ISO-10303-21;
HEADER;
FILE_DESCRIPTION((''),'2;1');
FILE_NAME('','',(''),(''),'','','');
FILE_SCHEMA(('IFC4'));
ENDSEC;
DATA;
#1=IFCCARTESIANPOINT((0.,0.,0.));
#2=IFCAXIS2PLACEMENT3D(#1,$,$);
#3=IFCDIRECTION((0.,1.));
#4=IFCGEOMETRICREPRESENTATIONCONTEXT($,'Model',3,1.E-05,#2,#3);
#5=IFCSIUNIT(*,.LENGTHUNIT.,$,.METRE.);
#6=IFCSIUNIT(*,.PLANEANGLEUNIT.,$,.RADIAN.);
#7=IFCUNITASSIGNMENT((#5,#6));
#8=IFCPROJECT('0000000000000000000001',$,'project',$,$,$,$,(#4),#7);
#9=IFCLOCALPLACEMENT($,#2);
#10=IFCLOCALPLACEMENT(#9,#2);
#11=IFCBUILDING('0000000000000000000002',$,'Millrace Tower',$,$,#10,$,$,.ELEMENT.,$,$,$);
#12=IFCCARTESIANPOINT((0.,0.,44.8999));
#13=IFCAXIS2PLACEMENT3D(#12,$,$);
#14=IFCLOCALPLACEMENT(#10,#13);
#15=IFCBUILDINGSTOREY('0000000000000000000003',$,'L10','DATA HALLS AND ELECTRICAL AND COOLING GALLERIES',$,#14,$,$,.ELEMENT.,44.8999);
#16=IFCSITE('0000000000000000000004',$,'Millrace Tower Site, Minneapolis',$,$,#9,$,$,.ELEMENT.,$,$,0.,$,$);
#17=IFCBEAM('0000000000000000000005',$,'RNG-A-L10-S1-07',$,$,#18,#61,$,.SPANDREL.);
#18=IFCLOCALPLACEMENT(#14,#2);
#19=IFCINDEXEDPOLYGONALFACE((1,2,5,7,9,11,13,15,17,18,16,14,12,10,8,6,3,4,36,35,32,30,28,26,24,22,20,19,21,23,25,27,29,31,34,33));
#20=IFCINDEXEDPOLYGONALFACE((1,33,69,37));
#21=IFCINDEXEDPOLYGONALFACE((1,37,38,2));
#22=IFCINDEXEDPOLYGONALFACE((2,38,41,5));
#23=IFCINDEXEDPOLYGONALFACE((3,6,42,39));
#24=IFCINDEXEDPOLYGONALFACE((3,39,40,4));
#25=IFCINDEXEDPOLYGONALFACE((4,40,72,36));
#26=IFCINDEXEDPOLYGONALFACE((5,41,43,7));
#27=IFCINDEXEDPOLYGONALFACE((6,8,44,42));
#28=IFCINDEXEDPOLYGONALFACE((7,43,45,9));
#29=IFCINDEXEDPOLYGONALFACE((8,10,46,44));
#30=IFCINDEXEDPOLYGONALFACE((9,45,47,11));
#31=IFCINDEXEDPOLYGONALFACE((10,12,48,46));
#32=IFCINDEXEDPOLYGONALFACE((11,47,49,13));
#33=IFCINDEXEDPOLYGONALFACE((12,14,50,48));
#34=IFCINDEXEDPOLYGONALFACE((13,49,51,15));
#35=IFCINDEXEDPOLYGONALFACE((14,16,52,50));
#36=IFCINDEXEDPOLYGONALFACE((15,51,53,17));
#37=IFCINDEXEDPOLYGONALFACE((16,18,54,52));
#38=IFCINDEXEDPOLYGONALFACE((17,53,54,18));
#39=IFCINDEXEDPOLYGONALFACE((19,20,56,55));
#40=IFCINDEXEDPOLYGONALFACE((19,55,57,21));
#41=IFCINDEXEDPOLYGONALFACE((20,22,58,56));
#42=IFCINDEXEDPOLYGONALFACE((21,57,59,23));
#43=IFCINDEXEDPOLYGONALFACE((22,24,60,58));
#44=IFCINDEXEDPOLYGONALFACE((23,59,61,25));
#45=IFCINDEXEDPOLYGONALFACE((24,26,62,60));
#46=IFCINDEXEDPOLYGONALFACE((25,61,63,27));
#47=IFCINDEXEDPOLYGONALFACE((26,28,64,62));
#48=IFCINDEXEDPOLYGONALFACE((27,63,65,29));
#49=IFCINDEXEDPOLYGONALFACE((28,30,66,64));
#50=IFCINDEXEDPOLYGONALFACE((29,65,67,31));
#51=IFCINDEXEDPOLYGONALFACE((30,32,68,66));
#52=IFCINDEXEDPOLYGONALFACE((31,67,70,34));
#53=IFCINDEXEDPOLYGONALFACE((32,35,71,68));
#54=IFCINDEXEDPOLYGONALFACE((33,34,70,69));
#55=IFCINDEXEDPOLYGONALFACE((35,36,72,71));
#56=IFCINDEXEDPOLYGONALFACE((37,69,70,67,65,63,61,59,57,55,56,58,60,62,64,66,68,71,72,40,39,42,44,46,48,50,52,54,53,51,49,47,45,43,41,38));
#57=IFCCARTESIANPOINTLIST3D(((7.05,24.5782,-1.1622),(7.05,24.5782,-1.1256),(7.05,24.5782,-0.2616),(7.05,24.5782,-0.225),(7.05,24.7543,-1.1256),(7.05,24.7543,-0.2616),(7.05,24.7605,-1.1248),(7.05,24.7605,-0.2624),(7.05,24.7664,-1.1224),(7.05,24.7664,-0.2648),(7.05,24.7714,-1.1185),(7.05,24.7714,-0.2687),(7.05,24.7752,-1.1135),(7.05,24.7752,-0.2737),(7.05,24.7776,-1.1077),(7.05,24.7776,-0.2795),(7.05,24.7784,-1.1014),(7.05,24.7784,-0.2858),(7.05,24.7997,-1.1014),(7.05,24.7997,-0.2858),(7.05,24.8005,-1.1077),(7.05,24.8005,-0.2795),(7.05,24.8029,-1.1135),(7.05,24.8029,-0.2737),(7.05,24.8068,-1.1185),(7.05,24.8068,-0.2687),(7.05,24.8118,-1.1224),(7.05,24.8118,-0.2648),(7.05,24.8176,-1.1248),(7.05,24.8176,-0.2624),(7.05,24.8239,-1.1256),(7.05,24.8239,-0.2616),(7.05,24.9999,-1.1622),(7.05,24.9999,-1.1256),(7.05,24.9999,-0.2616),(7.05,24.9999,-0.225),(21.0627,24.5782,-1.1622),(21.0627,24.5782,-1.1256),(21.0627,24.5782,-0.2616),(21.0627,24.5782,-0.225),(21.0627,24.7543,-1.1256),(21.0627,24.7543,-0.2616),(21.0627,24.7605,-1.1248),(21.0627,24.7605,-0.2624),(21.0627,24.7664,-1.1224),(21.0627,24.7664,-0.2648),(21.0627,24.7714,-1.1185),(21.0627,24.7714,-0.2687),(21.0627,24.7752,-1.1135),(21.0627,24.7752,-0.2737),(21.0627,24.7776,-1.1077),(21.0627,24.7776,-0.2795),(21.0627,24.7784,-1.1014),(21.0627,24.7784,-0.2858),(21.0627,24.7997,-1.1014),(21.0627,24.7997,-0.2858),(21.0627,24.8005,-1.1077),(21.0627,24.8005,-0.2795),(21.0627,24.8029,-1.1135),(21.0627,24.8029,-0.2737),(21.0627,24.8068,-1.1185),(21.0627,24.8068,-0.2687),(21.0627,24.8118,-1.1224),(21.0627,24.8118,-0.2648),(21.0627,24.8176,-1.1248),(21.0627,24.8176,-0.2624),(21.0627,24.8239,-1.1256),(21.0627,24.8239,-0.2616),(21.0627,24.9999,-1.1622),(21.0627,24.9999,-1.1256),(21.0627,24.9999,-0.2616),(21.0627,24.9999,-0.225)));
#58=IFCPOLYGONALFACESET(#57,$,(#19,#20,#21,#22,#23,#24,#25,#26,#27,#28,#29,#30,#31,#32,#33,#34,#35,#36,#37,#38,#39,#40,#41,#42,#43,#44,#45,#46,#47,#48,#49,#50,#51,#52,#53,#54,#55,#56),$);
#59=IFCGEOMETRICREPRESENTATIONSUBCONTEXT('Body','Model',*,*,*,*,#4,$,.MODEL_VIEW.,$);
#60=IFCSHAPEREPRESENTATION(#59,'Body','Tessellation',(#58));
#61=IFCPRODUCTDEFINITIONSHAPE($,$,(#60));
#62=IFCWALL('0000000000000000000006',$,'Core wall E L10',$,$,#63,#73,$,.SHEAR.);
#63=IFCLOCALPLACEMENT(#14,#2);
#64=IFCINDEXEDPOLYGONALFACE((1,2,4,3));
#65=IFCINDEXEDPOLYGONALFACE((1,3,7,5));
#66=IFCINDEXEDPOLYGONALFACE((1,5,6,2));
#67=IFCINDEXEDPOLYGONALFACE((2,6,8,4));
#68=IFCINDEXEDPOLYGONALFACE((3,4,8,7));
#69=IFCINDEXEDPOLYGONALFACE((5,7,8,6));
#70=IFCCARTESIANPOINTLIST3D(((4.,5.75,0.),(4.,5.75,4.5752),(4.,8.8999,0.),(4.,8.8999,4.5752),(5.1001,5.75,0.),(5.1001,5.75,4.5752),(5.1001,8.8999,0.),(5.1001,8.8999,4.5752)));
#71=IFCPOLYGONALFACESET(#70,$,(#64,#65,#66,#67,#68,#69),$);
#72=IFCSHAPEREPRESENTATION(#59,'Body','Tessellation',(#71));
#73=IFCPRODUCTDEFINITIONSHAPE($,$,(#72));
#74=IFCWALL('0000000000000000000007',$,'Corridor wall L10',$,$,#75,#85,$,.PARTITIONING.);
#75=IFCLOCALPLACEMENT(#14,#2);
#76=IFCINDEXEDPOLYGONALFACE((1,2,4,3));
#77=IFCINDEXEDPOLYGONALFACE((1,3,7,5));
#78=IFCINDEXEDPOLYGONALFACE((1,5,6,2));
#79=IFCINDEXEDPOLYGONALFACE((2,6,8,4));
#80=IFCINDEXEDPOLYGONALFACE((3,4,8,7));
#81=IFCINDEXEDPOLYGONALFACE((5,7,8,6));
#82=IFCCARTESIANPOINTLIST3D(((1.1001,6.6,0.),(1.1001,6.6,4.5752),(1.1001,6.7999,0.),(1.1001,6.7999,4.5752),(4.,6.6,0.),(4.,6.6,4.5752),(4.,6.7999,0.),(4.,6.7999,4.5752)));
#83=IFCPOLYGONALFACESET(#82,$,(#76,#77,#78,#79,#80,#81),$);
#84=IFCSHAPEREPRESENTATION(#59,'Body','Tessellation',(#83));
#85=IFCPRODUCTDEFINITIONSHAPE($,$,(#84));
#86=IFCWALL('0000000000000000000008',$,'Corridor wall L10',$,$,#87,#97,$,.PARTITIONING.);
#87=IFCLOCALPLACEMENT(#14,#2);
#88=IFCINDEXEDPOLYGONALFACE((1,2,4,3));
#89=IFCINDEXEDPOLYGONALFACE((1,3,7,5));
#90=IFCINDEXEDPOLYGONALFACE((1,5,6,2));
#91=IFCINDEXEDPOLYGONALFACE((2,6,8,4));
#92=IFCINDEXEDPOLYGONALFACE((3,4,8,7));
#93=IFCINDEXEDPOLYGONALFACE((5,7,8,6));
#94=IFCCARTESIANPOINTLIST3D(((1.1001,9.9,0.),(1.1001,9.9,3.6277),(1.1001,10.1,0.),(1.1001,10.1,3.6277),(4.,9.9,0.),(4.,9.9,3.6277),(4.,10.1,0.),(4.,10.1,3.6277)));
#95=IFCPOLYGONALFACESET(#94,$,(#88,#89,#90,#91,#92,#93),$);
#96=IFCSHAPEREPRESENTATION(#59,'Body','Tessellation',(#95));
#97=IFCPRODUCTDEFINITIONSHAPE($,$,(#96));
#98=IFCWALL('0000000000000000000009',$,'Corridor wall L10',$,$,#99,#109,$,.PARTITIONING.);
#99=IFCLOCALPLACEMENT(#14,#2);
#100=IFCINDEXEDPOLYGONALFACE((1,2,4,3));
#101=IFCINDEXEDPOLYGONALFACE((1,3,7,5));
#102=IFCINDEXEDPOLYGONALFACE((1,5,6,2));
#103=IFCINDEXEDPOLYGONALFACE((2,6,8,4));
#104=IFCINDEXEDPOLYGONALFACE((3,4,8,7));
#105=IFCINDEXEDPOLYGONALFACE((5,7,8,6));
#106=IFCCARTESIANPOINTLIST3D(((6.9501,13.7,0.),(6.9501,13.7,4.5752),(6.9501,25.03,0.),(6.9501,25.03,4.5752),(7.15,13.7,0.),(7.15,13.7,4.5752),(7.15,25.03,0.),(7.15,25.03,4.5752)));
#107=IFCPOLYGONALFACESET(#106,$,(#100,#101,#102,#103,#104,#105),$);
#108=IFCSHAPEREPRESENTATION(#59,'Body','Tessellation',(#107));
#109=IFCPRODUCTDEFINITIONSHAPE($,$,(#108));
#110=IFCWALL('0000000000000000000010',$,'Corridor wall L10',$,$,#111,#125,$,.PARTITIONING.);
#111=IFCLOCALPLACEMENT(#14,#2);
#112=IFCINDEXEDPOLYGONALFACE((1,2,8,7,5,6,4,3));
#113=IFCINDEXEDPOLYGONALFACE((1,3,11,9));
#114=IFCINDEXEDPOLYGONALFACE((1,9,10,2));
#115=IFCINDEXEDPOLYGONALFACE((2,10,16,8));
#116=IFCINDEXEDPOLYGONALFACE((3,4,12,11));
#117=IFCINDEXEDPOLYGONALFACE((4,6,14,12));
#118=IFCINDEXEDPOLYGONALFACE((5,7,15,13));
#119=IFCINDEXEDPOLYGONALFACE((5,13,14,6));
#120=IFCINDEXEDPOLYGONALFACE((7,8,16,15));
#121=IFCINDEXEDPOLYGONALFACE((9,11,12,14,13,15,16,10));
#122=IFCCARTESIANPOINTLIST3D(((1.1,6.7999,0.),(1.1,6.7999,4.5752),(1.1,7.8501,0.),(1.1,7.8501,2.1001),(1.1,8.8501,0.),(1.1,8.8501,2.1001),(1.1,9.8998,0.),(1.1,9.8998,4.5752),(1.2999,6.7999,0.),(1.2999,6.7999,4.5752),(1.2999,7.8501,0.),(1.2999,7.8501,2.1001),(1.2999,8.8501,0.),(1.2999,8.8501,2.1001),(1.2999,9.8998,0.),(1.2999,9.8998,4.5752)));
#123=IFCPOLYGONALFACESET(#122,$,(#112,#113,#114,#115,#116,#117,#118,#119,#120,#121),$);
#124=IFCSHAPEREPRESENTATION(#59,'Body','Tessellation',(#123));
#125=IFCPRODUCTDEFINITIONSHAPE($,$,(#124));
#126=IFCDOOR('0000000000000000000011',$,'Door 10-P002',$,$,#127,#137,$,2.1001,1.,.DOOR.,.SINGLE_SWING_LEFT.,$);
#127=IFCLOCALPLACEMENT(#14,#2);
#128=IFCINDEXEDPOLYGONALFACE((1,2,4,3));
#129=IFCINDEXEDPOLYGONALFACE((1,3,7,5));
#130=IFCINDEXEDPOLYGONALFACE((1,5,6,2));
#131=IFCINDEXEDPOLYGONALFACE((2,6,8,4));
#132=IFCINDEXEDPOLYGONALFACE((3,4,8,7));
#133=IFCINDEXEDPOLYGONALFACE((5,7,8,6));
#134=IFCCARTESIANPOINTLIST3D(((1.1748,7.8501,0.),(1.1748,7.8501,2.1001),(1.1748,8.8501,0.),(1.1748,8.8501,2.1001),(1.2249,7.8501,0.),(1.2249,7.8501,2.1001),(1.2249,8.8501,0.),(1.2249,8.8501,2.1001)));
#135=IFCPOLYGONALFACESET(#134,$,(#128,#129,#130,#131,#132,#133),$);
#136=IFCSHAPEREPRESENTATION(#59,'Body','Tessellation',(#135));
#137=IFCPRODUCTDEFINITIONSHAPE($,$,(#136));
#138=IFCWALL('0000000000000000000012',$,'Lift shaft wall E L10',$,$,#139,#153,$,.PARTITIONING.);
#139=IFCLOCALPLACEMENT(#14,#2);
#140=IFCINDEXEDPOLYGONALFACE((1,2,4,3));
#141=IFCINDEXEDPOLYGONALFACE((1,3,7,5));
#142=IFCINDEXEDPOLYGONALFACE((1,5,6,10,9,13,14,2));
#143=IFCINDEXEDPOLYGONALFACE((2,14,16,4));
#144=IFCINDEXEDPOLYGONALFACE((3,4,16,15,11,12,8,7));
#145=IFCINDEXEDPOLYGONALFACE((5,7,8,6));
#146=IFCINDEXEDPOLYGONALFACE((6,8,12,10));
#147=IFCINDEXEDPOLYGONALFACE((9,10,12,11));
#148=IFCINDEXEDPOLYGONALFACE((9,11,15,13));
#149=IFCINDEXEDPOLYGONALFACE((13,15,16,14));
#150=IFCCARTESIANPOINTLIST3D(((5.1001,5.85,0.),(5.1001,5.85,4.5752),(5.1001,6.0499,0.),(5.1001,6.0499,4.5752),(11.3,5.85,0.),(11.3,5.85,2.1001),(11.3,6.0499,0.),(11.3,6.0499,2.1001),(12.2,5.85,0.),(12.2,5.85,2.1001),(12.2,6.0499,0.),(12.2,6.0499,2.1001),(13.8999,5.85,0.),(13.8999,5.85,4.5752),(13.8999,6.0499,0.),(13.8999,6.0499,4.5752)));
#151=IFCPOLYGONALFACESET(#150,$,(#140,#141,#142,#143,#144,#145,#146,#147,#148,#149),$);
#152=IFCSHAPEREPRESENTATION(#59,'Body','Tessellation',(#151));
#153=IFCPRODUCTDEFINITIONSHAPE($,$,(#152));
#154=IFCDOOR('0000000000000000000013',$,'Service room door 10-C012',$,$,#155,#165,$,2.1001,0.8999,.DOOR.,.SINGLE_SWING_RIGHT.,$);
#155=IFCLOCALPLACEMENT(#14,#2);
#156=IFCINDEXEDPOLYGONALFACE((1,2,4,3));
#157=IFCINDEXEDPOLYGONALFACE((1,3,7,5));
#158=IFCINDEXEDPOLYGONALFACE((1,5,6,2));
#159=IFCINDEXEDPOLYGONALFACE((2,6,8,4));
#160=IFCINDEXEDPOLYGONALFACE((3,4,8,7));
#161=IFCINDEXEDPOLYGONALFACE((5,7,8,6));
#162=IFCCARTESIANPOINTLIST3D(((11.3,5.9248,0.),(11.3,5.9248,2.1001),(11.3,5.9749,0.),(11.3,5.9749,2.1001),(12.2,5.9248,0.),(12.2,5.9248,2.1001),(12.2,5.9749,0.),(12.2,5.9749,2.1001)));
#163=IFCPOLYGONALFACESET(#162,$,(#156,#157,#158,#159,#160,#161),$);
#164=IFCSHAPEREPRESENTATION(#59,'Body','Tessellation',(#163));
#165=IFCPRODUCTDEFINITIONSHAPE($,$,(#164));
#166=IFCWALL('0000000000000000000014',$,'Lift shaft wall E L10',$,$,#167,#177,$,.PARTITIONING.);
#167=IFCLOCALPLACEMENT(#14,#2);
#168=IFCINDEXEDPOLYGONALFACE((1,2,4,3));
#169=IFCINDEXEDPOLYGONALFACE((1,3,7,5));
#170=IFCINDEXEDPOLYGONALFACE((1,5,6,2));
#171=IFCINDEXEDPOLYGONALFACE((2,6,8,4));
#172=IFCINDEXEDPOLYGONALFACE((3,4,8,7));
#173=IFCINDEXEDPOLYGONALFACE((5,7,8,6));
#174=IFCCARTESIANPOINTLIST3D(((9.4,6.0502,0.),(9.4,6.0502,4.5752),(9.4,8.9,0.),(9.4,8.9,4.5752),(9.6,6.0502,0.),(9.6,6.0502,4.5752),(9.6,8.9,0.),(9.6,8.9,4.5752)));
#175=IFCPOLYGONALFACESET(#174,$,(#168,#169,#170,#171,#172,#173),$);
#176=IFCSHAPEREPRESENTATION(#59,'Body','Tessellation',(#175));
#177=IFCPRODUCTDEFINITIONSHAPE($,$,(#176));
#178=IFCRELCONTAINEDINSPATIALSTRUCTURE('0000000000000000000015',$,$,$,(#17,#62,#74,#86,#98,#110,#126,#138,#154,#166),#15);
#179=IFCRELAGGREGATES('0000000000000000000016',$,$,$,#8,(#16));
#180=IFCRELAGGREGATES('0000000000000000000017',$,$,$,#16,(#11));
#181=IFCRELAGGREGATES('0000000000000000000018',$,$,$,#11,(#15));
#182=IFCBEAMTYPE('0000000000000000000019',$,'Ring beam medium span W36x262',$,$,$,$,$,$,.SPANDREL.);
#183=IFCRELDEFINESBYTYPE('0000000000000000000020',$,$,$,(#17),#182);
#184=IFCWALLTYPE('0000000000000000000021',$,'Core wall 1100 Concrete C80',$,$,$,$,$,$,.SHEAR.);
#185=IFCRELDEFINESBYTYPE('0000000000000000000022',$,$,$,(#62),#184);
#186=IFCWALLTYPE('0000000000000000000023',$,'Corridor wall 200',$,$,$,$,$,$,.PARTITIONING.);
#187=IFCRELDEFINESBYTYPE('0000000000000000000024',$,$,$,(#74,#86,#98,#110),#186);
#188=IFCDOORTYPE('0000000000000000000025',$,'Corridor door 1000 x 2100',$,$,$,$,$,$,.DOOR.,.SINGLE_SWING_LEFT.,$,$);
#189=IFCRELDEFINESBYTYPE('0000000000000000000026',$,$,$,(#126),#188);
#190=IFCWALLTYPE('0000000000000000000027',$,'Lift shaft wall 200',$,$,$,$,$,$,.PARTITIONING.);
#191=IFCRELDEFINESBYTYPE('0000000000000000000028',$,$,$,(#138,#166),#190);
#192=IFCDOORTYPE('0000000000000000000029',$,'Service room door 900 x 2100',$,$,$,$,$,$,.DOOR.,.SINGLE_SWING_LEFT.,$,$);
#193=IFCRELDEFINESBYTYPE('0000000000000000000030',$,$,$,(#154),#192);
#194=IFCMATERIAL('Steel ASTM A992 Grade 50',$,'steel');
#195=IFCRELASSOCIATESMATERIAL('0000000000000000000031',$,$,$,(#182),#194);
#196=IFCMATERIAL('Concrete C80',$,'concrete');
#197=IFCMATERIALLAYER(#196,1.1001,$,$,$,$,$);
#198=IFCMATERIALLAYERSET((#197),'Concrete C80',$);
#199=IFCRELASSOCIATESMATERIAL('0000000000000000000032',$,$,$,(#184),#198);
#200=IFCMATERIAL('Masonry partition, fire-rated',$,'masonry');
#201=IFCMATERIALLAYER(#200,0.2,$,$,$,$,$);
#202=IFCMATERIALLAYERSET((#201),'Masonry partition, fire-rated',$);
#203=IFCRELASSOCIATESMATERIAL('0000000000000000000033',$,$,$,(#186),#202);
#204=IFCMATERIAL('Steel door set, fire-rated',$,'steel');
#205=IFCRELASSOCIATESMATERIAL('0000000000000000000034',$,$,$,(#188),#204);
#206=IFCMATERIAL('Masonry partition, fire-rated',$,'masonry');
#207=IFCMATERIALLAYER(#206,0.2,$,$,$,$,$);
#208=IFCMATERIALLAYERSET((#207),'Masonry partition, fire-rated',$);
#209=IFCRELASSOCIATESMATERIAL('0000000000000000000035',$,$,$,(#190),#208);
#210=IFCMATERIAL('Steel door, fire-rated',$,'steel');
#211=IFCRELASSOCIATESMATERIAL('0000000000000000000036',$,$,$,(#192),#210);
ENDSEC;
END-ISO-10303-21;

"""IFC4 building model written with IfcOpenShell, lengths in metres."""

from ifc_helpers import new_model, si_unit, direction, frame, frame_2d, origin, origin_2d, place, context, subcontext, project, spatial, rectangle, i_section, extrude, material, layer, layer_set, material_profile, profile_set, type_object, element, fill, save


model = new_model("IFC4")

# Units and contexts
model_context = context("Model", 3, precision=1e-05, world=origin(), true_north=direction((0.0, 1.0)))
body_context = subcontext(model_context, "Body", "Model", "MODEL_VIEW")
ifc_project = project(units=[si_unit("LENGTHUNIT", "METRE"), si_unit("PLANEANGLEUNIT", "RADIAN")], contexts=[model_context])

# Site, building, storey
site_placement = place(None, origin())
site = spatial("IfcSite", under=ifc_project, at=site_placement, Name="Millrace Tower Site, Minneapolis", CompositionType="ELEMENT", RefElevation=0.0)
building_placement = place(site_placement, origin())
building = spatial("IfcBuilding", under=site, at=building_placement, Name="Millrace Tower", CompositionType="ELEMENT")
storey_placement = place(building_placement, frame((0.0, 0.0, 44.8999)))
storey = spatial("IfcBuildingStorey", under=building, at=storey_placement, Name="L10", Description="DATA HALLS AND ELECTRICAL AND COOLING GALLERIES", CompositionType="ELEMENT", Elevation=44.8999)

# Beam
ifc_material_1 = material(Name="Steel ASTM A992 Grade 50", Category="steel")
ifc_material_profile_1 = material_profile(ifc_material_1, i_section(OverallWidth=0.4216, OverallDepth=0.9373, WebThickness=0.0212, FlangeThickness=0.0366, FilletRadius=0.0242, at=origin_2d()))
ifc_profile_set_1 = profile_set([ifc_material_profile_1], Name="Steel ASTM A992 Grade 50")
beam_type_1 = type_object("IfcBeamType", Name="Ring beam medium span W36x262", PredefinedType="SPANDREL", material=ifc_profile_set_1)
beam_1_placement = place(storey_placement, frame((7.05, 24.7891, -0.6936), z_axis=(1.0, 0.0, 0.0), x_axis=(0.0, 1.0, 0.0)))
element("IfcBeam", 1, at=beam_1_placement, inside=storey, type_object=beam_type_1, Name="RNG-A-L10-S1-07", PredefinedType="SPANDREL", context=body_context, shape_type="SweptSolid", body=[
    extrude(i_section(OverallWidth=0.4216, OverallDepth=0.9373, WebThickness=0.0212, FlangeThickness=0.0366, FilletRadius=0.0242, at=origin_2d()), origin(), (0.0, 0.0, 1.0), 14.0127),
])

# Walls
ifc_material_2 = material(Name="Concrete C80", Category="concrete")
ifc_layer_1 = layer(ifc_material_2, 1.1001)
ifc_layer_set_1 = layer_set([ifc_layer_1], Name="Concrete C80")
wall_type_1 = type_object("IfcWallType", Name="Core wall 1100 Concrete C80", PredefinedType="SHEAR", material=ifc_layer_set_1)
wall_1_placement = place(storey_placement, frame((4.55, 8.8999, 0.0), z_axis=(0.0, 0.0, 1.0), x_axis=(0.0, -1.0, 0.0)))
element("IfcWall", 2, at=wall_1_placement, inside=storey, type_object=wall_type_1, Name="Core wall E L10", PredefinedType="SHEAR", context=body_context, shape_type="SweptSolid", body=[
    extrude(rectangle(XDim=3.1499, YDim=1.1001, at=frame_2d((1.575, 0.0))), origin(), (0.0, 0.0, 1.0), 4.5752),
])
ifc_material_3 = material(Name="Masonry partition, fire-rated", Category="masonry")
ifc_layer_2 = layer(ifc_material_3, 0.2)
ifc_layer_set_2 = layer_set([ifc_layer_2], Name="Masonry partition, fire-rated")
wall_type_2 = type_object("IfcWallType", Name="Corridor wall 200", PredefinedType="PARTITIONING", material=ifc_layer_set_2)
wall_2_placement = place(storey_placement, frame((1.1001, 6.7, 0.0), z_axis=(0.0, 0.0, 1.0), x_axis=(1.0, 0.0, 0.0)))
element("IfcWall", 3, at=wall_2_placement, inside=storey, type_object=wall_type_2, Name="Corridor wall L10", PredefinedType="PARTITIONING", context=body_context, shape_type="SweptSolid", body=[
    extrude(rectangle(XDim=2.8999, YDim=0.2, at=frame_2d((1.45, 0.0))), origin(), (0.0, 0.0, 1.0), 4.5752),
])
wall_3_placement = place(storey_placement, frame((1.1001, 10.0, 0.0), z_axis=(0.0, 0.0, 1.0), x_axis=(1.0, 0.0, 0.0)))
element("IfcWall", 4, at=wall_3_placement, inside=storey, type_object=wall_type_2, Name="Corridor wall L10", PredefinedType="PARTITIONING", context=body_context, shape_type="SweptSolid", body=[
    extrude(rectangle(XDim=2.8999, YDim=0.2, at=frame_2d((1.45, 0.0))), origin(), (0.0, 0.0, 1.0), 3.6277),
])
wall_4_placement = place(storey_placement, frame((7.05, 13.7, 0.0), z_axis=(0.0, 0.0, 1.0), x_axis=(0.0, 1.0, 0.0)))
element("IfcWall", 5, at=wall_4_placement, inside=storey, type_object=wall_type_2, Name="Corridor wall L10", PredefinedType="PARTITIONING", context=body_context, shape_type="SweptSolid", body=[
    extrude(rectangle(XDim=11.3301, YDim=0.2, at=frame_2d((5.665, 0.0))), origin(), (0.0, 0.0, 1.0), 4.5752),
])

# Walls, openings, doors
wall_5_placement = place(storey_placement, frame((1.2, 6.8, 0.0), z_axis=(0.0, 0.0, 1.0), x_axis=(0.0, 1.0, 0.0)))
wall_5 = element("IfcWall", 6, at=wall_5_placement, inside=storey, type_object=wall_type_2, Name="Corridor wall L10", PredefinedType="PARTITIONING", context=body_context, shape_type="SweptSolid", body=[
    extrude(rectangle(XDim=3.0999, YDim=0.2, at=frame_2d((1.5498, 0.0))), origin(), (0.0, 0.0, 1.0), 4.5752),
])
opening_1_placement = place(wall_5_placement, frame((1.05, 0.0, 0.0)))
opening_1 = element("IfcOpeningElement", 7, at=opening_1_placement, cuts=wall_5, PredefinedType="OPENING", context=body_context, shape_type="SweptSolid", body=[
    extrude(rectangle(XDim=1.0, YDim=2.1001, at=frame_2d((0.5, 1.05))), frame((0.0, 0.1099, 0.0), z_axis=(0.0, -1.0, 0.0), x_axis=(1.0, 0.0, 0.0)), (0.0, 0.0, 1.0), 0.22),
])
ifc_material_4 = material(Name="Steel door set, fire-rated", Category="steel")
door_type_1 = type_object("IfcDoorType", Name="Corridor door 1000 x 2100", OperationType="SINGLE_SWING_LEFT", PredefinedType="DOOR", material=ifc_material_4)
door_1_placement = place(opening_1_placement, frame((1.0, 0.0, 0.0), z_axis=(0.0, 0.0, 1.0), x_axis=(-1.0, 0.0, 0.0)))
door_1 = element("IfcDoor", 8, at=door_1_placement, inside=storey, type_object=door_type_1, Name="Door 10-P002", OperationType="SINGLE_SWING_LEFT", OverallHeight=2.1001, OverallWidth=1.0, PredefinedType="DOOR", context=body_context, shape_type="SweptSolid", body=[
    extrude(rectangle(XDim=1.0, YDim=2.1001, at=frame_2d((0.5, 1.05))), frame((0.0, 0.0249, 0.0), z_axis=(0.0, -1.0, 0.0), x_axis=(1.0, 0.0, 0.0)), (0.0, 0.0, 1.0), 0.05),
])
fill(opening_1, door_1)
ifc_material_5 = material(Name="Masonry partition, fire-rated", Category="masonry")
ifc_layer_3 = layer(ifc_material_5, 0.2)
ifc_layer_set_3 = layer_set([ifc_layer_3], Name="Masonry partition, fire-rated")
wall_type_3 = type_object("IfcWallType", Name="Lift shaft wall 200", PredefinedType="PARTITIONING", material=ifc_layer_set_3)
wall_6_placement = place(storey_placement, frame((13.8999, 5.95, 0.0), z_axis=(0.0, 0.0, 1.0), x_axis=(-1.0, 0.0, 0.0)))
wall_6 = element("IfcWall", 9, at=wall_6_placement, inside=storey, type_object=wall_type_3, Name="Lift shaft wall E L10", PredefinedType="PARTITIONING", context=body_context, shape_type="SweptSolid", body=[
    extrude(rectangle(XDim=8.7998, YDim=0.2, at=frame_2d((4.3999, 0.0))), origin(), (0.0, 0.0, 1.0), 4.5752),
])
opening_2_placement = place(wall_6_placement, frame((1.7, 0.0, 0.0)))
opening_2 = element("IfcOpeningElement", 10, at=opening_2_placement, cuts=wall_6, PredefinedType="OPENING", context=body_context, shape_type="SweptSolid", body=[
    extrude(rectangle(XDim=0.8999, YDim=2.1001, at=frame_2d((0.45, 1.05))), frame((0.0, 0.1099, 0.0), z_axis=(0.0, -1.0, 0.0), x_axis=(1.0, 0.0, 0.0)), (0.0, 0.0, 1.0), 0.22),
])
ifc_material_6 = material(Name="Steel door, fire-rated", Category="steel")
door_type_2 = type_object("IfcDoorType", Name="Service room door 900 x 2100", OperationType="SINGLE_SWING_LEFT", PredefinedType="DOOR", material=ifc_material_6)
door_2_placement = place(opening_2_placement, frame((0.8999, 0.0, 0.0), z_axis=(0.0, 0.0, 1.0), x_axis=(-1.0, 0.0, 0.0)))
door_2 = element("IfcDoor", 11, at=door_2_placement, inside=storey, type_object=door_type_2, Name="Service room door 10-C012", OperationType="SINGLE_SWING_RIGHT", OverallHeight=2.1001, OverallWidth=0.8999, PredefinedType="DOOR", context=body_context, shape_type="SweptSolid", body=[
    extrude(rectangle(XDim=0.8999, YDim=2.1001, at=frame_2d((0.45, 1.05))), frame((0.0, 0.0249, 0.0), z_axis=(0.0, -1.0, 0.0), x_axis=(1.0, 0.0, 0.0)), (0.0, 0.0, 1.0), 0.05),
])
fill(opening_2, door_2)

# Wall
for number, where, z_axis, x_axis, name in (
    (12, (9.5, 8.8999, 0.0), (0.0, 0.0, 1.0), (0.0, -1.0, 0.0), "Lift shaft wall E L10"),
):
    element("IfcWall", number, at=place(storey_placement, frame(where, z_axis=z_axis, x_axis=x_axis)), inside=storey, type_object=wall_type_3, Name=name, PredefinedType="PARTITIONING", context=body_context, shape_type="SweptSolid", body=[
        extrude(rectangle(XDim=2.8499, YDim=0.2, at=frame_2d((1.4248, 0.0))), origin(), (0.0, 0.0, 1.0), 4.5752),
    ])

save(model, "model.ifc")
